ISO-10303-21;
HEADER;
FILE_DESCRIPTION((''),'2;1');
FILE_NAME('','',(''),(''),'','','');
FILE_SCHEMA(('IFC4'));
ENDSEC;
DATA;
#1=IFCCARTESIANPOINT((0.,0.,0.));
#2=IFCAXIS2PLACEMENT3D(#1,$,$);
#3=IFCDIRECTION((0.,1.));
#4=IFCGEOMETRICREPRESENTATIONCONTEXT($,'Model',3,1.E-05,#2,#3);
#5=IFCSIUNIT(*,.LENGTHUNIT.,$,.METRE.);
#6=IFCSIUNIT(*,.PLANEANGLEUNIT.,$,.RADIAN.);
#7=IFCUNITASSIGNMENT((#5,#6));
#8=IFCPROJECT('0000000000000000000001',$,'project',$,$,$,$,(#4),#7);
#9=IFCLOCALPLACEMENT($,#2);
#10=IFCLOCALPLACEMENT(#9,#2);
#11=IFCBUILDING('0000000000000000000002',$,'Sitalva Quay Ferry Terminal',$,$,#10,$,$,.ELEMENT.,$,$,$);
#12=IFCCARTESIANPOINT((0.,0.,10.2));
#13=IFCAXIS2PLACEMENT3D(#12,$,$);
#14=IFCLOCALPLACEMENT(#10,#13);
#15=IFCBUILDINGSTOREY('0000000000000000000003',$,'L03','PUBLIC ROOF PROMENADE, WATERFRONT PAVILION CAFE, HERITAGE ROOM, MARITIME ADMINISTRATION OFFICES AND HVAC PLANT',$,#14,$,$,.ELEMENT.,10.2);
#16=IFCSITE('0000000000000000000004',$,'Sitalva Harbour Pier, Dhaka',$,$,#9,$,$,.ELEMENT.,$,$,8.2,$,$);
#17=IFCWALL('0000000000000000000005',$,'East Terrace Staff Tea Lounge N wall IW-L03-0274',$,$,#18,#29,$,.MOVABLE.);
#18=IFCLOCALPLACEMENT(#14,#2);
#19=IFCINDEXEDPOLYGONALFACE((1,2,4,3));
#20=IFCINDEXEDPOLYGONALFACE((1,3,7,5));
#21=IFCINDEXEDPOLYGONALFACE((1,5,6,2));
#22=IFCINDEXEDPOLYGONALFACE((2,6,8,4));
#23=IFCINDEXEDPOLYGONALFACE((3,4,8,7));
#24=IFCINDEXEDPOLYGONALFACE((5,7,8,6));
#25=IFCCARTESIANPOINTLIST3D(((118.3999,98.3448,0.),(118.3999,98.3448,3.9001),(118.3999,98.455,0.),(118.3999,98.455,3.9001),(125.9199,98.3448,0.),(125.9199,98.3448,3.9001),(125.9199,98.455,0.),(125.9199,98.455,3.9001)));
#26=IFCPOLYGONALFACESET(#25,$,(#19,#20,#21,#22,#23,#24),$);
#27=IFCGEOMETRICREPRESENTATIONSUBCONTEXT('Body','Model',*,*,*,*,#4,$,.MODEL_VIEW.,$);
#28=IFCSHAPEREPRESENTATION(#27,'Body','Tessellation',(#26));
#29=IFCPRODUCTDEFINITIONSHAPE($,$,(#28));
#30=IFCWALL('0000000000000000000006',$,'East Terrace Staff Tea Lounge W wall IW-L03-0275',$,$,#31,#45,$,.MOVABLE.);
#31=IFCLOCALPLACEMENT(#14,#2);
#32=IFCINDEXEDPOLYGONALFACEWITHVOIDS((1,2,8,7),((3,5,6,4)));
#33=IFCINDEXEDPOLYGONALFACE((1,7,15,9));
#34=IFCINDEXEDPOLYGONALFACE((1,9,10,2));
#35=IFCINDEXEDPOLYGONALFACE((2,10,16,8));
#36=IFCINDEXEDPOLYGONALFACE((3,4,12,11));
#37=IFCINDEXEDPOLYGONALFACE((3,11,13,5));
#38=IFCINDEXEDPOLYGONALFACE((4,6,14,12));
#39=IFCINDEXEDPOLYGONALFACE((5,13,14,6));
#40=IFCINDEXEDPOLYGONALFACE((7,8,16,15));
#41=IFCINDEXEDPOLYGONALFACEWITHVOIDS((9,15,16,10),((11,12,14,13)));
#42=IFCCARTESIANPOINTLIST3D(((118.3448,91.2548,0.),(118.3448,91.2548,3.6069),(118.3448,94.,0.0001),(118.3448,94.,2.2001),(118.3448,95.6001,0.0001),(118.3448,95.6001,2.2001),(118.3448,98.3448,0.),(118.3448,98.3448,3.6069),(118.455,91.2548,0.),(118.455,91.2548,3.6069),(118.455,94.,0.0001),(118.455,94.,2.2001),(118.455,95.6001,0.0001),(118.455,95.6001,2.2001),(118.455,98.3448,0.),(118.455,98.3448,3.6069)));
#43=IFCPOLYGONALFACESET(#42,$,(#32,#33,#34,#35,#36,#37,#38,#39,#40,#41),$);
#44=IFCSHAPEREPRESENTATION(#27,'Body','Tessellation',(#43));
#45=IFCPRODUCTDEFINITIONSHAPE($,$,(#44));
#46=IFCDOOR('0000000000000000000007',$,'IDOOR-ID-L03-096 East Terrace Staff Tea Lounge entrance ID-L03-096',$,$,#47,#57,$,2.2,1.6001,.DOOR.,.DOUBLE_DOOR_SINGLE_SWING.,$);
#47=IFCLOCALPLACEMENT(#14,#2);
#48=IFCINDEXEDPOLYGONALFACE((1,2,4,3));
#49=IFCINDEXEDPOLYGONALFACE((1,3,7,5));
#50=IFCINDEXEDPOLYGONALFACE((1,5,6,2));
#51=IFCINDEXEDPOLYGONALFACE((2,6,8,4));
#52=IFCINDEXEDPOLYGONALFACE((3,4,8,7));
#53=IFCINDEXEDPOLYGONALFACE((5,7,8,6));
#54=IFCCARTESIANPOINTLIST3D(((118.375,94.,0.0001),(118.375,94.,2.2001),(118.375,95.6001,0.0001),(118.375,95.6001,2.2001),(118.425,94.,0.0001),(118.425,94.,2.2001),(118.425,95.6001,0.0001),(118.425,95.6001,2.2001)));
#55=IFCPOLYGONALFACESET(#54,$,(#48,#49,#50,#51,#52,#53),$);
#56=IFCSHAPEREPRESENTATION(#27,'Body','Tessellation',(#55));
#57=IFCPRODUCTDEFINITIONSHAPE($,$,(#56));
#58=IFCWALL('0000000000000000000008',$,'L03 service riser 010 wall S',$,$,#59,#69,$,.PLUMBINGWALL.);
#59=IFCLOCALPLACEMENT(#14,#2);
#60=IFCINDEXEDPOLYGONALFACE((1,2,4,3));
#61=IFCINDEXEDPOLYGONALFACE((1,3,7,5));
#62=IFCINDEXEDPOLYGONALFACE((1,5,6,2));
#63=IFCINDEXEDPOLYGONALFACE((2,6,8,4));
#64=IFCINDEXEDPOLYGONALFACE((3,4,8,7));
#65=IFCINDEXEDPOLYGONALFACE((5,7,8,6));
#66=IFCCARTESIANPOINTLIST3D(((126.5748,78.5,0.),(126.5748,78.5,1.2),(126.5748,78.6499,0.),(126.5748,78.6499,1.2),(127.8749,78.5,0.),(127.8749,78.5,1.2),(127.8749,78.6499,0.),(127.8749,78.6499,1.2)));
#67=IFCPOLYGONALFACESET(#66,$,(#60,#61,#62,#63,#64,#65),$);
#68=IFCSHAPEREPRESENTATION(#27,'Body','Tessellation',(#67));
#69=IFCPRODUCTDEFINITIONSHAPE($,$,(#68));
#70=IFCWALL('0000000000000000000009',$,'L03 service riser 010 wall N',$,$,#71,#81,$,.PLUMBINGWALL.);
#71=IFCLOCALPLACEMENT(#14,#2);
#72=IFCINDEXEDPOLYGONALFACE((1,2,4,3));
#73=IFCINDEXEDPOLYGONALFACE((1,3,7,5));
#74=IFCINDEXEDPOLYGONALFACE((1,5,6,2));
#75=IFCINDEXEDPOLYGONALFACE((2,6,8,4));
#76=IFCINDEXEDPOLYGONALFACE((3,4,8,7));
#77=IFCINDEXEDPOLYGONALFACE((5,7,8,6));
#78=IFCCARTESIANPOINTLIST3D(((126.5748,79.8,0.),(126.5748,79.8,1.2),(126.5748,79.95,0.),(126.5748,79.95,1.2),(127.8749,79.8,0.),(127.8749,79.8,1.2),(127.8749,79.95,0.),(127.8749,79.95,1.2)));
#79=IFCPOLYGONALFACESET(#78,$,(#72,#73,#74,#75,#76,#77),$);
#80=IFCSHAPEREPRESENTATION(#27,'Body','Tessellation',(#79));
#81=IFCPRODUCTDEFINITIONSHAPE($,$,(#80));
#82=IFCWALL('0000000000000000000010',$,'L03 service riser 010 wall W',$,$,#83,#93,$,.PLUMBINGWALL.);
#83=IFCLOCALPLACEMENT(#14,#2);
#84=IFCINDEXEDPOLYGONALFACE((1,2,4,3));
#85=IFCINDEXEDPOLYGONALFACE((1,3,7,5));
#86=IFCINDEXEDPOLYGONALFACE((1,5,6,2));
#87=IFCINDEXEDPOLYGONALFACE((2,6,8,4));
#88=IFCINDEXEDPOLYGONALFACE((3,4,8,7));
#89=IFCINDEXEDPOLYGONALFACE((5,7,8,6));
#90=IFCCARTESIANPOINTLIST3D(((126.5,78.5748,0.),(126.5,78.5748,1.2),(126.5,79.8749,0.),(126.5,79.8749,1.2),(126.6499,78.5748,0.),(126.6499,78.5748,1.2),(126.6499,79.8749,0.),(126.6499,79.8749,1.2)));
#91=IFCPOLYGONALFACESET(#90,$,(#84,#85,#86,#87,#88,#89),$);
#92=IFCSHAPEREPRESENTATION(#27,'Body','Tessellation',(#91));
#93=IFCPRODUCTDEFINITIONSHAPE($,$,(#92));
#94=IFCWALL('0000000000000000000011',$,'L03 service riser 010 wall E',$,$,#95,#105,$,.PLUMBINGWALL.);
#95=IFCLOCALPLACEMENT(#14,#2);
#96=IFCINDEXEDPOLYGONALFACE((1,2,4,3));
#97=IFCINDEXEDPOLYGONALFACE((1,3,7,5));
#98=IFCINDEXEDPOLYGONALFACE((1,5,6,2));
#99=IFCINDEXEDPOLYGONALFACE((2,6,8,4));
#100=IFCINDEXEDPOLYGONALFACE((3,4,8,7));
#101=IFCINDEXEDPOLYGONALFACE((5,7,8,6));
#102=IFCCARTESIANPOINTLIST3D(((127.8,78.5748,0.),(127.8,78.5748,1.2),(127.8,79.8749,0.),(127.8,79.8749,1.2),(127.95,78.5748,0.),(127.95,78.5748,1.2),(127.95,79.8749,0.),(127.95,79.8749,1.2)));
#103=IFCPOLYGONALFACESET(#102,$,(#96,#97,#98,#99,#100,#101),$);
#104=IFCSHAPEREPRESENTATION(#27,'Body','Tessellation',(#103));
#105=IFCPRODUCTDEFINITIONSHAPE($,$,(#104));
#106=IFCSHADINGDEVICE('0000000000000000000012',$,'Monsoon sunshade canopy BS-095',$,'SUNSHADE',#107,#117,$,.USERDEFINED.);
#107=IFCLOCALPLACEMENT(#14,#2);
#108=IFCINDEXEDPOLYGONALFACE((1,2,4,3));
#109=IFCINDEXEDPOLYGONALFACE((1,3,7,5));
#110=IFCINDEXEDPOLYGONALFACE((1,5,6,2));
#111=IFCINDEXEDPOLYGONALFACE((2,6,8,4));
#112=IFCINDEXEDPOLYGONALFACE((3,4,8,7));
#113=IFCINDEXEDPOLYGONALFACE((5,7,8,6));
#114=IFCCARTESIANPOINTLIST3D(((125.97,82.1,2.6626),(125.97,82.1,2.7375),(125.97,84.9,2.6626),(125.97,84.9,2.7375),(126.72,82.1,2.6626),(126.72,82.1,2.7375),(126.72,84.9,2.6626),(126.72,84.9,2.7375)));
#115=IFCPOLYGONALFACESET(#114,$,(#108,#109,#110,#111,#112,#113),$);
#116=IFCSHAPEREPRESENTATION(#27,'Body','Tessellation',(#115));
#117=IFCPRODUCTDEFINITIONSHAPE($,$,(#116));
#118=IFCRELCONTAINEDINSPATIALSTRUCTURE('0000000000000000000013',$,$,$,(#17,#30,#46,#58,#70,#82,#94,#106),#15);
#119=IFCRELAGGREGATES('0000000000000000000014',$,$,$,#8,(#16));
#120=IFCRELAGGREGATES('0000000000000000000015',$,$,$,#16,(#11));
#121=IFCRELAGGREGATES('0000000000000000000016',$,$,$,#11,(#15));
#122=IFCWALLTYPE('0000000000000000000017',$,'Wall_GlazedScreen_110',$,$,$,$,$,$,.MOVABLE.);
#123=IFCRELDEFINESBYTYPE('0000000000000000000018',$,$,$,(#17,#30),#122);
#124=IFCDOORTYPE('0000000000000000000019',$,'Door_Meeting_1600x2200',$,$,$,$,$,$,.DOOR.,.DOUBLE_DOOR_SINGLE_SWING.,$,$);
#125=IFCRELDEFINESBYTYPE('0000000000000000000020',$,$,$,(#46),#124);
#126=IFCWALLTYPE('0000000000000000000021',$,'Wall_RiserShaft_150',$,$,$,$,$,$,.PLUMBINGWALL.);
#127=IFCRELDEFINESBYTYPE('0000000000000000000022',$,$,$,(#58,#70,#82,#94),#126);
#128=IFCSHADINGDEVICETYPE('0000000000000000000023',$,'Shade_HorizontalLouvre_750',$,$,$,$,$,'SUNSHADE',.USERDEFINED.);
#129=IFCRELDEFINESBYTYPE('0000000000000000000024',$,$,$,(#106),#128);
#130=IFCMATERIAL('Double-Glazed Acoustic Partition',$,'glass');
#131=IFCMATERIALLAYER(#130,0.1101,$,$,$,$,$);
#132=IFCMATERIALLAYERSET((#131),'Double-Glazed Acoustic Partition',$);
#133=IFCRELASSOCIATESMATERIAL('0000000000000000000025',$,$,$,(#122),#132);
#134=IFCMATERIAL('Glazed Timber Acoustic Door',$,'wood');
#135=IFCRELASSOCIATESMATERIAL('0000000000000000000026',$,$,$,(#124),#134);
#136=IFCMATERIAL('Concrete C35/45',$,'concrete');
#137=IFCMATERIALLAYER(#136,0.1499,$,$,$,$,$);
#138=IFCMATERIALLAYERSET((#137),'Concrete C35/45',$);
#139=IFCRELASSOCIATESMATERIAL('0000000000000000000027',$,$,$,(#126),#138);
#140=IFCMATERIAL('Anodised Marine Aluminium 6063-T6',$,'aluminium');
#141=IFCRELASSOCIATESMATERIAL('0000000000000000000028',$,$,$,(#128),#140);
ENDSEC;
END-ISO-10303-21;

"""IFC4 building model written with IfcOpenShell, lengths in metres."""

from ifc_helpers import new_model, si_unit, direction, frame, frame_2d, origin, origin_2d, place, context, subcontext, project, spatial, rectangle, extrude, material, layer, layer_set, type_object, element, fill, save


model = new_model("IFC4")

# Units and contexts
model_context = context("Model", 3, precision=1e-05, world=origin(), true_north=direction((0.0, 1.0)))
body_context = subcontext(model_context, "Body", "Model", "MODEL_VIEW")
ifc_project = project(units=[si_unit("LENGTHUNIT", "METRE"), si_unit("PLANEANGLEUNIT", "RADIAN")], contexts=[model_context])

# Site, building, storey
site_placement = place(None, origin())
site = spatial("IfcSite", under=ifc_project, at=site_placement, Name="Sitalva Harbour Pier, Dhaka", CompositionType="ELEMENT", RefElevation=8.2)
building_placement = place(site_placement, origin())
building = spatial("IfcBuilding", under=site, at=building_placement, Name="Sitalva Quay Ferry Terminal", CompositionType="ELEMENT")
storey_placement = place(building_placement, frame((0.0, 0.0, 10.2)))
storey = spatial("IfcBuildingStorey", under=building, at=storey_placement, Name="L03", Description="PUBLIC ROOF PROMENADE, WATERFRONT PAVILION CAFE, HERITAGE ROOM, MARITIME ADMINISTRATION OFFICES AND HVAC PLANT", CompositionType="ELEMENT", Elevation=10.2)

# Wall
ifc_material_1 = material(Name="Double-Glazed Acoustic Partition", Category="glass")
ifc_layer_1 = layer(ifc_material_1, 0.1101)
ifc_layer_set_1 = layer_set([ifc_layer_1], Name="Double-Glazed Acoustic Partition")
wall_type_1 = type_object("IfcWallType", Name="Wall_GlazedScreen_110", PredefinedType="MOVABLE", material=ifc_layer_set_1)
for number, where, z_axis, x_axis, name in (
    (1, (118.3999, 98.3999, 0.0), (0.0, 0.0, 1.0), (1.0, 0.0, 0.0), "East Terrace Staff Tea Lounge N wall IW-L03-0274"),
):
    element("IfcWall", number, at=place(storey_placement, frame(where, z_axis=z_axis, x_axis=x_axis)), inside=storey, type_object=wall_type_1, Name=name, PredefinedType="MOVABLE", context=body_context, shape_type="SweptSolid", body=[
        extrude(rectangle(XDim=7.52, YDim=0.1101, at=frame_2d((3.76, 0.0))), origin(), (0.0, 0.0, 1.0), 3.9001),
    ])

# Wall, opening, door
wall_1_placement = place(storey_placement, frame((118.3999, 91.2549, 0.0), z_axis=(0.0, 0.0, 1.0), x_axis=(0.0, 1.0, 0.0)))
wall_1 = element("IfcWall", 2, at=wall_1_placement, inside=storey, type_object=wall_type_1, Name="East Terrace Staff Tea Lounge W wall IW-L03-0275", PredefinedType="MOVABLE", context=body_context, shape_type="SweptSolid", body=[
    extrude(rectangle(XDim=7.0901, YDim=0.1101, at=frame_2d((3.5449, 0.0))), origin(), (0.0, 0.0, 1.0), 3.6069),
])
opening_1_placement = place(wall_1_placement, frame((2.7451, 0.0, 0.0)))
opening_1 = element("IfcOpeningElement", 3, at=opening_1_placement, cuts=wall_1, PredefinedType="OPENING", context=body_context, shape_type="SweptSolid", body=[
    extrude(rectangle(XDim=1.6001, YDim=2.2, at=frame_2d((0.8, 1.1001))), frame((0.0, 0.0649, 0.0), z_axis=(0.0, -1.0, 0.0), x_axis=(1.0, 0.0, 0.0)), (0.0, 0.0, 1.0), 0.1301),
])
ifc_material_2 = material(Name="Glazed Timber Acoustic Door", Category="wood")
door_type_1 = type_object("IfcDoorType", Name="Door_Meeting_1600x2200", OperationType="DOUBLE_DOOR_SINGLE_SWING", PredefinedType="DOOR", material=ifc_material_2)
door_1_placement = place(opening_1_placement, origin())
door_1 = element("IfcDoor", 4, at=door_1_placement, inside=storey, type_object=door_type_1, Name="IDOOR-ID-L03-096 East Terrace Staff Tea Lounge entrance ID-L03-096", OperationType="DOUBLE_DOOR_SINGLE_SWING", OverallHeight=2.2, OverallWidth=1.6001, PredefinedType="DOOR", context=body_context, shape_type="SweptSolid", body=[
    extrude(rectangle(XDim=1.6001, YDim=2.2, at=frame_2d((0.8, 1.1001))), frame((0.0, 0.0249, 0.0), z_axis=(0.0, -1.0, 0.0), x_axis=(1.0, 0.0, 0.0)), (0.0, 0.0, 1.0), 0.05),
])
fill(opening_1, door_1)

# Walls
ifc_material_3 = material(Name="Concrete C35/45", Category="concrete")
ifc_layer_2 = layer(ifc_material_3, 0.1499)
ifc_layer_set_2 = layer_set([ifc_layer_2], Name="Concrete C35/45")
wall_type_2 = type_object("IfcWallType", Name="Wall_RiserShaft_150", PredefinedType="PLUMBINGWALL", material=ifc_layer_set_2)
for number, where, z_axis, x_axis, name in (
    (5, (126.575, 78.575, 0.0), (0.0, 0.0, 1.0), (1.0, 0.0, 0.0), "L03 service riser 010 wall S"),
    (6, (126.575, 79.875, 0.0), (0.0, 0.0, 1.0), (1.0, 0.0, 0.0), "L03 service riser 010 wall N"),
    (7, (126.575, 78.575, 0.0), (0.0, 0.0, 1.0), (0.0, 1.0, 0.0), "L03 service riser 010 wall W"),
    (8, (127.875, 78.575, 0.0), (0.0, 0.0, 1.0), (0.0, 1.0, 0.0), "L03 service riser 010 wall E"),
):
    element("IfcWall", number, at=place(storey_placement, frame(where, z_axis=z_axis, x_axis=x_axis)), inside=storey, type_object=wall_type_2, Name=name, PredefinedType="PLUMBINGWALL", context=body_context, shape_type="SweptSolid", body=[
        extrude(rectangle(XDim=1.3, YDim=0.1499, at=frame_2d((0.6499, 0.0))), origin(), (0.0, 0.0, 1.0), 1.2),
    ])

# Shading device
ifc_material_4 = material(Name="Anodised Marine Aluminium 6063-T6", Category="aluminium")
shading_device_type = type_object("IfcShadingDeviceType", Name="Shade_HorizontalLouvre_750", ElementType="SUNSHADE", PredefinedType="USERDEFINED", material=ifc_material_4)
shading_device_placement = place(storey_placement, frame((126.345, 83.5, 2.6626), z_axis=(0.0, 0.0, 1.0), x_axis=(1.0, 0.0, 0.0)))
element("IfcShadingDevice", 9, at=shading_device_placement, inside=storey, type_object=shading_device_type, Name="Monsoon sunshade canopy BS-095", ObjectType="SUNSHADE", PredefinedType="USERDEFINED", context=body_context, shape_type="SweptSolid", body=[
    extrude(rectangle(XDim=0.75, YDim=2.8, at=origin_2d()), origin(), (0.0, 0.0, 1.0), 0.075),
])

save(model, "model.ifc")
